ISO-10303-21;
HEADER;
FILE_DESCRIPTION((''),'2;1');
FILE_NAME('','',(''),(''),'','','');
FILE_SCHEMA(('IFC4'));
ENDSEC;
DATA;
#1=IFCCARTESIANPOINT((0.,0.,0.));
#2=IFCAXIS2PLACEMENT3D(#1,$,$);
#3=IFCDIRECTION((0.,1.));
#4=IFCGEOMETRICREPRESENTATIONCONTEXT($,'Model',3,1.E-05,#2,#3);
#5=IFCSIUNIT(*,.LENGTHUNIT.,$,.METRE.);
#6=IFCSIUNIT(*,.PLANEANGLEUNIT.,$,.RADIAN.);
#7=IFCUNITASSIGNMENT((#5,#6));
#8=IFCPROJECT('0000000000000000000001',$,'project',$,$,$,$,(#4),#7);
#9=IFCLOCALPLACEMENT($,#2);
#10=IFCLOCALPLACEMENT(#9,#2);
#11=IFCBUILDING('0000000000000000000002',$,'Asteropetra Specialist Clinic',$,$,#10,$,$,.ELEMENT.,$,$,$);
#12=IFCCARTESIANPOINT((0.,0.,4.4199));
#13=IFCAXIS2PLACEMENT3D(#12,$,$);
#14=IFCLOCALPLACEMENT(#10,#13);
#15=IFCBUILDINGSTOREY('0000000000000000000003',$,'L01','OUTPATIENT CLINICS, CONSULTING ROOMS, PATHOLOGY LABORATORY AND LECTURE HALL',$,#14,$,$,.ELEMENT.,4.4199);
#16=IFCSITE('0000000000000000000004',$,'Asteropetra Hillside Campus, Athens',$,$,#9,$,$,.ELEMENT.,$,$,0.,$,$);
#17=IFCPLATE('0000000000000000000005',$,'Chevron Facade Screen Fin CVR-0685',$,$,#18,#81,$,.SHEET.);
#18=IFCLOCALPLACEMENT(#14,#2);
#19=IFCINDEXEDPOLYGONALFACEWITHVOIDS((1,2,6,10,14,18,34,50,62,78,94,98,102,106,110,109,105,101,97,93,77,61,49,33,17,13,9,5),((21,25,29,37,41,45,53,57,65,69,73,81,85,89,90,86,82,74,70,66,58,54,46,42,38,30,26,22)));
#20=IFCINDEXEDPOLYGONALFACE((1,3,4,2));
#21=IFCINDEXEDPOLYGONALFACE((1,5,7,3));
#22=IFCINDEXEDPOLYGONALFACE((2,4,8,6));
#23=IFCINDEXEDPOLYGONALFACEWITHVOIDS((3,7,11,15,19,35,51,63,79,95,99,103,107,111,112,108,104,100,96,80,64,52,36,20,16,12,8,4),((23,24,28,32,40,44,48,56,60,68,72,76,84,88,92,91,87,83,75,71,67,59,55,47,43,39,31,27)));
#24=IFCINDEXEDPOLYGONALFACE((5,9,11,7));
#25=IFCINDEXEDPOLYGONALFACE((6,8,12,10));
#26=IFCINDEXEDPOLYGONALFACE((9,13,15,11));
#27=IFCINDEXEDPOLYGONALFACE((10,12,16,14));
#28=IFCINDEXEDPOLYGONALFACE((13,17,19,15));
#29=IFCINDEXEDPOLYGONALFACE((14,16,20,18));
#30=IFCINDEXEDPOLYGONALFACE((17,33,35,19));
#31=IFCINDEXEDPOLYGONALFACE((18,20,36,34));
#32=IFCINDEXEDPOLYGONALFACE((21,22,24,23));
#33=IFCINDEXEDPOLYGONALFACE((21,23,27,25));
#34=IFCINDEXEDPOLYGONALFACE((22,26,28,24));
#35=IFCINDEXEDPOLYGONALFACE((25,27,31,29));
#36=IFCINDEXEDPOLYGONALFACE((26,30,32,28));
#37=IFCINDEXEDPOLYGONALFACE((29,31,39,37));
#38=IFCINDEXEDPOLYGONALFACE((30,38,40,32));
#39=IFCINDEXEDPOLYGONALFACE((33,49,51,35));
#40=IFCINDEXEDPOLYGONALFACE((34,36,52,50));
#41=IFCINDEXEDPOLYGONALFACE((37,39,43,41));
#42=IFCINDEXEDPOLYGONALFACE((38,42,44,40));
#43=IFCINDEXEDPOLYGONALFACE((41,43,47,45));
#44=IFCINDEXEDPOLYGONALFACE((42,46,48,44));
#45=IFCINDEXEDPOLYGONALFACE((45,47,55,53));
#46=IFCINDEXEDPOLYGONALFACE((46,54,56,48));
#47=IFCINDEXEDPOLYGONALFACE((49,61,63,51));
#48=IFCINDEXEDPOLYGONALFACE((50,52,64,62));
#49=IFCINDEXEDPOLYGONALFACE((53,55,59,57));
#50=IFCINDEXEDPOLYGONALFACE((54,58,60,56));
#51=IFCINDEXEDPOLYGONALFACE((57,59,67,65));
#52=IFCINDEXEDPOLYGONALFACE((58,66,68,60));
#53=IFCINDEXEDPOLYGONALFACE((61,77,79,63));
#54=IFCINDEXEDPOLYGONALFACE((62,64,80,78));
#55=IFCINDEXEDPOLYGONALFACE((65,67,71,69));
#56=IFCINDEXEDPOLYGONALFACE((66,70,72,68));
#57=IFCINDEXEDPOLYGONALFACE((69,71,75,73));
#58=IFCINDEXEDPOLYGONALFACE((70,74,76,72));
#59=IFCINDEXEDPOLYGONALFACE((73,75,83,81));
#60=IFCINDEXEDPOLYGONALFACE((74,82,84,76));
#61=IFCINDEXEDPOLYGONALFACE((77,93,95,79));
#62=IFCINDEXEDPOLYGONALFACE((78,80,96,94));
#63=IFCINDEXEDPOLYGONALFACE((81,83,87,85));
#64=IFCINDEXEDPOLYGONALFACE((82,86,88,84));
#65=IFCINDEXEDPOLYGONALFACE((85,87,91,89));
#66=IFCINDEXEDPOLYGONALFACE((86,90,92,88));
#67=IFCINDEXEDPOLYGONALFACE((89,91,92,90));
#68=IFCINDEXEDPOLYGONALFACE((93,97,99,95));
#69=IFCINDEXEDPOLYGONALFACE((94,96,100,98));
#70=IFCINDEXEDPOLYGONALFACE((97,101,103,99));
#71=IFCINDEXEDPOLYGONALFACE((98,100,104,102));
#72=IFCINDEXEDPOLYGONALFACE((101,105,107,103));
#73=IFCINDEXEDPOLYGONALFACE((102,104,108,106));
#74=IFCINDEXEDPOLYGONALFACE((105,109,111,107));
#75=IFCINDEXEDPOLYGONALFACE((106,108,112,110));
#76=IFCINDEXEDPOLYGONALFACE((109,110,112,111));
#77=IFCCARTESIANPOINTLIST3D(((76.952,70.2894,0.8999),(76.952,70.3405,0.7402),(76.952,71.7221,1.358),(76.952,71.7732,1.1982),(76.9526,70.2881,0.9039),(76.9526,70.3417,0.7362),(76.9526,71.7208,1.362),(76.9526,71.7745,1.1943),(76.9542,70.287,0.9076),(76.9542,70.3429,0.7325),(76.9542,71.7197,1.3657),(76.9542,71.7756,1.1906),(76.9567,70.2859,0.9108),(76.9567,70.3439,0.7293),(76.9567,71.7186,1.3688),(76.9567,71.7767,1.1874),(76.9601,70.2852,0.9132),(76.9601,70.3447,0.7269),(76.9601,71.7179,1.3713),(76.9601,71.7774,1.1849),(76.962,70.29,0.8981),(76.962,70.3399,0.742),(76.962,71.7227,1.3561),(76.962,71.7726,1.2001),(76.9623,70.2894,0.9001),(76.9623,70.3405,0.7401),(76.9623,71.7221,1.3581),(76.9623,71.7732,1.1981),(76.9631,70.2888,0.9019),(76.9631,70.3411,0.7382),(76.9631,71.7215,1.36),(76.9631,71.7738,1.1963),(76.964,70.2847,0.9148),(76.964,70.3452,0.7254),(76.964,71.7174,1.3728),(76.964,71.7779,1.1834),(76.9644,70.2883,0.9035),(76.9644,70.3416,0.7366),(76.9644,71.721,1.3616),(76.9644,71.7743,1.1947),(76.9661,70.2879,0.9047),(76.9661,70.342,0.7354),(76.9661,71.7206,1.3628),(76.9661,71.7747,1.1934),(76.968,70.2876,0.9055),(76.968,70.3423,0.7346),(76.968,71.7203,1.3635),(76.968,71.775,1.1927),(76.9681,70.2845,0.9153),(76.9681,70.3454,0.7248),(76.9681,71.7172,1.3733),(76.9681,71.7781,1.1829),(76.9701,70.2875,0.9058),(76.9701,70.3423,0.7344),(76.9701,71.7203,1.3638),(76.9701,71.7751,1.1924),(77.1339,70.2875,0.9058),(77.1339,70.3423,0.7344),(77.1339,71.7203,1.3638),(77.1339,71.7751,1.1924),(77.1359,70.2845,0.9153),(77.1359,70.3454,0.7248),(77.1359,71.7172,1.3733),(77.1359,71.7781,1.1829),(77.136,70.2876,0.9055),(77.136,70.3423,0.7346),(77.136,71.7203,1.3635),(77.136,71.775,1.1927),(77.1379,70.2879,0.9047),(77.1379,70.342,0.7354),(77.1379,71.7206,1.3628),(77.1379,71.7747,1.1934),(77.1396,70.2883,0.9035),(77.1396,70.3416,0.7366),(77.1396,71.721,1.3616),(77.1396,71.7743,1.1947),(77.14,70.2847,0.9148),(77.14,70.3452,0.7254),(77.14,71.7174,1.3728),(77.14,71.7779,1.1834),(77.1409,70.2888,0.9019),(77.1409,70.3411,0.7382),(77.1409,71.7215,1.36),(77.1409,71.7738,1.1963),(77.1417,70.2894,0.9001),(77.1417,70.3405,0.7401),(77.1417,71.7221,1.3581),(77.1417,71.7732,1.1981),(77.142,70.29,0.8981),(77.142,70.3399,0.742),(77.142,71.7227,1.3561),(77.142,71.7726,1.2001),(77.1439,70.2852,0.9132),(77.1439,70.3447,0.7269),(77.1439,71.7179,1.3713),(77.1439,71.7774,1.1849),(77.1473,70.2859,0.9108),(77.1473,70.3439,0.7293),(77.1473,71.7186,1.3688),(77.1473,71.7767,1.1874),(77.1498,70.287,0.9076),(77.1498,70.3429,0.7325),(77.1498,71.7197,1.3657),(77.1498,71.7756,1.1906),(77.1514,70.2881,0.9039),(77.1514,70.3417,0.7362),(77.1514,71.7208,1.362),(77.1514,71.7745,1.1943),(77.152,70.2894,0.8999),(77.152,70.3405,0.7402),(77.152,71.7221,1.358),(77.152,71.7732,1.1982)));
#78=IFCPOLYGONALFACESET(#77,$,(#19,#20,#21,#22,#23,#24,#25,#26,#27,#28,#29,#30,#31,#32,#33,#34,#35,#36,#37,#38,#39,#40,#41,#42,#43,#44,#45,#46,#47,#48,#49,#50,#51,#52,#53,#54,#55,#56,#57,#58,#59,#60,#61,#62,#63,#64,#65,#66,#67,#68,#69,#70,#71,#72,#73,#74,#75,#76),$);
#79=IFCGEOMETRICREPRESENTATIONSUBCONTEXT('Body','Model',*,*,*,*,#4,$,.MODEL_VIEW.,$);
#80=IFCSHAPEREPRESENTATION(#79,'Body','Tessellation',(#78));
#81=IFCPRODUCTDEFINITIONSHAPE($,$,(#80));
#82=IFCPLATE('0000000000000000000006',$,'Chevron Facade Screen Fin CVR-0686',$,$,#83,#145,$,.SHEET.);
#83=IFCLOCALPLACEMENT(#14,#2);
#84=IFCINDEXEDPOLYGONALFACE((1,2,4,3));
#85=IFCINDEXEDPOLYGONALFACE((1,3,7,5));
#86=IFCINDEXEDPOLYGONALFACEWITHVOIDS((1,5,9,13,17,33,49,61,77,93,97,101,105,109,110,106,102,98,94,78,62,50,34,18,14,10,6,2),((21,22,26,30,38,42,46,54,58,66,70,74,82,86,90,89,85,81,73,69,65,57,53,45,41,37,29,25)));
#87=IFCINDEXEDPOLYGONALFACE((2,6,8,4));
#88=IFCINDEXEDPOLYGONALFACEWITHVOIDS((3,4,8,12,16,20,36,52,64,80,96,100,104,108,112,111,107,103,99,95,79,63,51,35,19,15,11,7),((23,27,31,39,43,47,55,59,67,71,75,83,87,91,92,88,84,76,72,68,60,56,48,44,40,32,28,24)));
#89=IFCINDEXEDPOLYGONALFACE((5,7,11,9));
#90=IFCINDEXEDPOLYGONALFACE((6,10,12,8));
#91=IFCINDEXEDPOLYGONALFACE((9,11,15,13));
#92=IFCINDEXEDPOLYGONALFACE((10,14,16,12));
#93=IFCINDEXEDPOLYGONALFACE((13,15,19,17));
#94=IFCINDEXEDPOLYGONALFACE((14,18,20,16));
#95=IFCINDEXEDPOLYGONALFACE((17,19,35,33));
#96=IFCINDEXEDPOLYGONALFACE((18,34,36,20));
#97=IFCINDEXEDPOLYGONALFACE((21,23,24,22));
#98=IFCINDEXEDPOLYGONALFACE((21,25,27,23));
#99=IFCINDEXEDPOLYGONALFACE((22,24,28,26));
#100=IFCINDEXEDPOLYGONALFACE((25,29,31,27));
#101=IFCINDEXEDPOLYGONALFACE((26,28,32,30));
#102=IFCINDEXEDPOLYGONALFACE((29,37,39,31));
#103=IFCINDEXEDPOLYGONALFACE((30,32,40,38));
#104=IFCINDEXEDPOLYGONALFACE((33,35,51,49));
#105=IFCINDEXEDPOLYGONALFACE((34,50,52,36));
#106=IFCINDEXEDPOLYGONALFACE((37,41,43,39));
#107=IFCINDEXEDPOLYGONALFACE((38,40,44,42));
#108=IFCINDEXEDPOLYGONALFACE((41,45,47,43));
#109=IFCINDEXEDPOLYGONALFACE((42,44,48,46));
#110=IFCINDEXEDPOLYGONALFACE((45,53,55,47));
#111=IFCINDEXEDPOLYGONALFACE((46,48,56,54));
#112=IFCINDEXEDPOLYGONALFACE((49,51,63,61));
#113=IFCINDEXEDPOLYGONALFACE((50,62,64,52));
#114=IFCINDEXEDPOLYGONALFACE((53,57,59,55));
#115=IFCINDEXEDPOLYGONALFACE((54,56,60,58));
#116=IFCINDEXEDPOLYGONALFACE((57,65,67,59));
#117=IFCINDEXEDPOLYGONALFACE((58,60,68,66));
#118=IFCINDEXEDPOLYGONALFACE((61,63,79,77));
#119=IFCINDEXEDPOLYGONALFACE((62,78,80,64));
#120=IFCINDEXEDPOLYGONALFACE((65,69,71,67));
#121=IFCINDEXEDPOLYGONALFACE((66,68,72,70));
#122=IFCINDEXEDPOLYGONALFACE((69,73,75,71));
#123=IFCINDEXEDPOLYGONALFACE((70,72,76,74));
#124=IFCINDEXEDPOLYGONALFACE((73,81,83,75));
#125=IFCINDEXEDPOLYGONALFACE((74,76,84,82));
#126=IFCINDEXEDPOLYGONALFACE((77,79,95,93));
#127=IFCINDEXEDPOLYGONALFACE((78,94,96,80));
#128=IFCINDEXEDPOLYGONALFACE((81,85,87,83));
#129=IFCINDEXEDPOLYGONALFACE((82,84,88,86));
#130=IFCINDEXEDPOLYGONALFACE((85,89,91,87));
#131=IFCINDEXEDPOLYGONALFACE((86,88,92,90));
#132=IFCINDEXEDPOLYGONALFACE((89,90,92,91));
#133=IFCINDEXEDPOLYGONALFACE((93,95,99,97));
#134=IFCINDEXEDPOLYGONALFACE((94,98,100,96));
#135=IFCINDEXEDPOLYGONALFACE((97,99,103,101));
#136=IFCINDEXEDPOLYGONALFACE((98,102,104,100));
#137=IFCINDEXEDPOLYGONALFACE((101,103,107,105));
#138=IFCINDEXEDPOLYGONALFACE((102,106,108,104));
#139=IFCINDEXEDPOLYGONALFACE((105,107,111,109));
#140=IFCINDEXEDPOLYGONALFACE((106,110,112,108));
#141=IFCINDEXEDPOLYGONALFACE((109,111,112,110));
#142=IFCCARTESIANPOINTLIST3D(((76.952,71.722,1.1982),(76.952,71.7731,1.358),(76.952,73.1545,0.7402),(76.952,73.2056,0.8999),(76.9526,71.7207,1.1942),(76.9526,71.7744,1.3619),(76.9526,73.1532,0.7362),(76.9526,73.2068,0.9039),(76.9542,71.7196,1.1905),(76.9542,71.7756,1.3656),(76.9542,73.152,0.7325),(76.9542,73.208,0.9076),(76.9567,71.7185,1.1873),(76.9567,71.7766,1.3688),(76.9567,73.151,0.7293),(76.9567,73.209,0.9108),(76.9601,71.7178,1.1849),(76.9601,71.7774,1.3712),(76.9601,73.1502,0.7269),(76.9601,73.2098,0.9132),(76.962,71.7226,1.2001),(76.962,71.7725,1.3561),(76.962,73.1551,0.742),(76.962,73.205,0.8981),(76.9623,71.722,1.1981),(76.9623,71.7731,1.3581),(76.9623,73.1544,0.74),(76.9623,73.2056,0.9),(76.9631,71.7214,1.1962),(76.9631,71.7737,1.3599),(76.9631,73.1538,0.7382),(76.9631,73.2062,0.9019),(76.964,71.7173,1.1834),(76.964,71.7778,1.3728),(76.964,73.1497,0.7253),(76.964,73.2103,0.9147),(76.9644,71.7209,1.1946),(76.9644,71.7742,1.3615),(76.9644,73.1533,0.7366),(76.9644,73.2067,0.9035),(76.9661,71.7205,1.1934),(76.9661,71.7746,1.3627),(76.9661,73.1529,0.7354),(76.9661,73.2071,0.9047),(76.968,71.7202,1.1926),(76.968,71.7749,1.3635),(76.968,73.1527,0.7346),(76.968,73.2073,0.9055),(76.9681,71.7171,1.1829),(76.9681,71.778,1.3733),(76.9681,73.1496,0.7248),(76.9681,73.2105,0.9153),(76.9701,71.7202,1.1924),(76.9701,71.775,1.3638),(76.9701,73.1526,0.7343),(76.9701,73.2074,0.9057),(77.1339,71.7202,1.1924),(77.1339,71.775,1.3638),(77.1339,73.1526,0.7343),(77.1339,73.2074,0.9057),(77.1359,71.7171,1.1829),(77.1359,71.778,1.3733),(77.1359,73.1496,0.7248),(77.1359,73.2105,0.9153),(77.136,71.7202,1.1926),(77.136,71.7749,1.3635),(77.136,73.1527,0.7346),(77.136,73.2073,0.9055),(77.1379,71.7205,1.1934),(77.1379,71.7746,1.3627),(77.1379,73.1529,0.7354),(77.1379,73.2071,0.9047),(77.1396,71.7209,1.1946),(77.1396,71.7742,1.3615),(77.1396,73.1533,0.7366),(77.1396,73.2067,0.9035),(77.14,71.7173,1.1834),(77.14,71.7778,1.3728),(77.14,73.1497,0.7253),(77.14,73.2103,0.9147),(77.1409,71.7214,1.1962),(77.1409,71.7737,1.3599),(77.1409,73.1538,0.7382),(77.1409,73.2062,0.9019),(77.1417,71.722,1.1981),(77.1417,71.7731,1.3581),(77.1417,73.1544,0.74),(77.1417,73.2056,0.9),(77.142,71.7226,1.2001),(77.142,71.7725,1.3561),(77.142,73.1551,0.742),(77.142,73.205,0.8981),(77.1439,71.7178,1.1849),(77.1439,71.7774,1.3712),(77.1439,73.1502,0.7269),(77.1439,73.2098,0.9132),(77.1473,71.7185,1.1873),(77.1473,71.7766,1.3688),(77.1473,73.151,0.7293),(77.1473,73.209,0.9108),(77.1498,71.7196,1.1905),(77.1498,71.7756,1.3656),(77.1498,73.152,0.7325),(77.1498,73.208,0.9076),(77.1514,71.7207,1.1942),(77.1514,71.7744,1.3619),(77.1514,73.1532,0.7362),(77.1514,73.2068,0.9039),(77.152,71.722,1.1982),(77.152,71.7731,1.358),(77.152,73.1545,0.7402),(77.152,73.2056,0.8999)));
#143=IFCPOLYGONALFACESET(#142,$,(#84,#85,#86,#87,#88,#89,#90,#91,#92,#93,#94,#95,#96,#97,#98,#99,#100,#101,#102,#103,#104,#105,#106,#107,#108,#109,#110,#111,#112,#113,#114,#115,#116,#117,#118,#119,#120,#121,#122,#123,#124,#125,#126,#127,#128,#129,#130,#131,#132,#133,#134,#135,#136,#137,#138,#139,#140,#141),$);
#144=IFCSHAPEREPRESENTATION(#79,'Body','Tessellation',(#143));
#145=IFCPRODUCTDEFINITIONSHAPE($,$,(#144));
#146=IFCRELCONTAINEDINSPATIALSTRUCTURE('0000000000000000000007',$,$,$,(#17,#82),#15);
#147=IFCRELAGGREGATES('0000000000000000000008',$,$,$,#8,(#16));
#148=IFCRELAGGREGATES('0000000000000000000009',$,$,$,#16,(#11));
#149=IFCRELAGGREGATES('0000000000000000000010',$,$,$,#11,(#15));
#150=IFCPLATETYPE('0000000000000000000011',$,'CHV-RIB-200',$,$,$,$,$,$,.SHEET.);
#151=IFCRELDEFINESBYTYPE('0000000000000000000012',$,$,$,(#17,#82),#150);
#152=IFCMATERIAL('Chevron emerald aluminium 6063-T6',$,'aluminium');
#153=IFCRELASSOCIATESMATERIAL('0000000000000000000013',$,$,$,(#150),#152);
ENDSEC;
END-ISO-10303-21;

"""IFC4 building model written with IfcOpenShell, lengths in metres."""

from ifc_helpers import new_model, si_unit, direction, frame, origin, origin_2d, place, context, subcontext, project, spatial, hollow_rectangle, extrude, material, material_profile, profile_set, type_object, element, save


model = new_model("IFC4")

# Units and contexts
model_context = context("Model", 3, precision=1e-05, world=origin(), true_north=direction((0.0, 1.0)))
body_context = subcontext(model_context, "Body", "Model", "MODEL_VIEW")
ifc_project = project(units=[si_unit("LENGTHUNIT", "METRE"), si_unit("PLANEANGLEUNIT", "RADIAN")], contexts=[model_context])

# Site, building, storey
site_placement = place(None, origin())
site = spatial("IfcSite", under=ifc_project, at=site_placement, Name="Asteropetra Hillside Campus, Athens", CompositionType="ELEMENT", RefElevation=0.0)
building_placement = place(site_placement, origin())
building = spatial("IfcBuilding", under=site, at=building_placement, Name="Asteropetra Specialist Clinic", CompositionType="ELEMENT")
storey_placement = place(building_placement, frame((0.0, 0.0, 4.4199)))
storey = spatial("IfcBuildingStorey", under=building, at=storey_placement, Name="L01", Description="OUTPATIENT CLINICS, CONSULTING ROOMS, PATHOLOGY LABORATORY AND LECTURE HALL", CompositionType="ELEMENT", Elevation=4.4199)

# Plates
ifc_material_1 = material(Name="Chevron emerald aluminium 6063-T6", Category="aluminium")
ifc_material_profile = material_profile(ifc_material_1, hollow_rectangle(XDim=0.2, YDim=0.2, WallThickness=0.01, InnerFilletRadius=0.0081, OuterFilletRadius=0.0161, at=origin_2d()), Name="SHS 200x200x10.0")
ifc_profile_set = profile_set([ifc_material_profile], Name="Chevron emerald aluminium 6063-T6")
plate_type_1 = type_object("IfcPlateType", Name="CHV-RIB-200", PredefinedType="SHEET", material=ifc_profile_set)
plate_1_placement = place(storey_placement, frame((77.052, 70.3149, 0.8201), z_axis=(0.0, 0.952507, 0.304517), x_axis=(-1.0, 0.0, 0.0)))
element("IfcPlate", 1, at=plate_1_placement, inside=storey, type_object=plate_type_1, Name="Chevron Facade Screen Fin CVR-0685", PredefinedType="SHEET", context=body_context, shape_type="SweptSolid", body=[
    extrude(hollow_rectangle(XDim=0.2, YDim=0.2, WallThickness=0.01, InnerFilletRadius=0.0081, OuterFilletRadius=0.0161, at=origin_2d()), origin(), (0.0, 0.0, 1.0), 1.5042),
])
plate_2_placement = place(storey_placement, frame((77.052, 71.7476, 1.2781), z_axis=(0.0, 0.952492, -0.304564), x_axis=(-1.0, 0.0, 0.0)))
element("IfcPlate", 2, at=plate_2_placement, inside=storey, type_object=plate_type_1, Name="Chevron Facade Screen Fin CVR-0686", PredefinedType="SHEET", context=body_context, shape_type="SweptSolid", body=[
    extrude(hollow_rectangle(XDim=0.2, YDim=0.2, WallThickness=0.01, InnerFilletRadius=0.0081, OuterFilletRadius=0.0161, at=origin_2d()), origin(), (0.0, 0.0, 1.0), 1.5039),
])

save(model, "model.ifc")
